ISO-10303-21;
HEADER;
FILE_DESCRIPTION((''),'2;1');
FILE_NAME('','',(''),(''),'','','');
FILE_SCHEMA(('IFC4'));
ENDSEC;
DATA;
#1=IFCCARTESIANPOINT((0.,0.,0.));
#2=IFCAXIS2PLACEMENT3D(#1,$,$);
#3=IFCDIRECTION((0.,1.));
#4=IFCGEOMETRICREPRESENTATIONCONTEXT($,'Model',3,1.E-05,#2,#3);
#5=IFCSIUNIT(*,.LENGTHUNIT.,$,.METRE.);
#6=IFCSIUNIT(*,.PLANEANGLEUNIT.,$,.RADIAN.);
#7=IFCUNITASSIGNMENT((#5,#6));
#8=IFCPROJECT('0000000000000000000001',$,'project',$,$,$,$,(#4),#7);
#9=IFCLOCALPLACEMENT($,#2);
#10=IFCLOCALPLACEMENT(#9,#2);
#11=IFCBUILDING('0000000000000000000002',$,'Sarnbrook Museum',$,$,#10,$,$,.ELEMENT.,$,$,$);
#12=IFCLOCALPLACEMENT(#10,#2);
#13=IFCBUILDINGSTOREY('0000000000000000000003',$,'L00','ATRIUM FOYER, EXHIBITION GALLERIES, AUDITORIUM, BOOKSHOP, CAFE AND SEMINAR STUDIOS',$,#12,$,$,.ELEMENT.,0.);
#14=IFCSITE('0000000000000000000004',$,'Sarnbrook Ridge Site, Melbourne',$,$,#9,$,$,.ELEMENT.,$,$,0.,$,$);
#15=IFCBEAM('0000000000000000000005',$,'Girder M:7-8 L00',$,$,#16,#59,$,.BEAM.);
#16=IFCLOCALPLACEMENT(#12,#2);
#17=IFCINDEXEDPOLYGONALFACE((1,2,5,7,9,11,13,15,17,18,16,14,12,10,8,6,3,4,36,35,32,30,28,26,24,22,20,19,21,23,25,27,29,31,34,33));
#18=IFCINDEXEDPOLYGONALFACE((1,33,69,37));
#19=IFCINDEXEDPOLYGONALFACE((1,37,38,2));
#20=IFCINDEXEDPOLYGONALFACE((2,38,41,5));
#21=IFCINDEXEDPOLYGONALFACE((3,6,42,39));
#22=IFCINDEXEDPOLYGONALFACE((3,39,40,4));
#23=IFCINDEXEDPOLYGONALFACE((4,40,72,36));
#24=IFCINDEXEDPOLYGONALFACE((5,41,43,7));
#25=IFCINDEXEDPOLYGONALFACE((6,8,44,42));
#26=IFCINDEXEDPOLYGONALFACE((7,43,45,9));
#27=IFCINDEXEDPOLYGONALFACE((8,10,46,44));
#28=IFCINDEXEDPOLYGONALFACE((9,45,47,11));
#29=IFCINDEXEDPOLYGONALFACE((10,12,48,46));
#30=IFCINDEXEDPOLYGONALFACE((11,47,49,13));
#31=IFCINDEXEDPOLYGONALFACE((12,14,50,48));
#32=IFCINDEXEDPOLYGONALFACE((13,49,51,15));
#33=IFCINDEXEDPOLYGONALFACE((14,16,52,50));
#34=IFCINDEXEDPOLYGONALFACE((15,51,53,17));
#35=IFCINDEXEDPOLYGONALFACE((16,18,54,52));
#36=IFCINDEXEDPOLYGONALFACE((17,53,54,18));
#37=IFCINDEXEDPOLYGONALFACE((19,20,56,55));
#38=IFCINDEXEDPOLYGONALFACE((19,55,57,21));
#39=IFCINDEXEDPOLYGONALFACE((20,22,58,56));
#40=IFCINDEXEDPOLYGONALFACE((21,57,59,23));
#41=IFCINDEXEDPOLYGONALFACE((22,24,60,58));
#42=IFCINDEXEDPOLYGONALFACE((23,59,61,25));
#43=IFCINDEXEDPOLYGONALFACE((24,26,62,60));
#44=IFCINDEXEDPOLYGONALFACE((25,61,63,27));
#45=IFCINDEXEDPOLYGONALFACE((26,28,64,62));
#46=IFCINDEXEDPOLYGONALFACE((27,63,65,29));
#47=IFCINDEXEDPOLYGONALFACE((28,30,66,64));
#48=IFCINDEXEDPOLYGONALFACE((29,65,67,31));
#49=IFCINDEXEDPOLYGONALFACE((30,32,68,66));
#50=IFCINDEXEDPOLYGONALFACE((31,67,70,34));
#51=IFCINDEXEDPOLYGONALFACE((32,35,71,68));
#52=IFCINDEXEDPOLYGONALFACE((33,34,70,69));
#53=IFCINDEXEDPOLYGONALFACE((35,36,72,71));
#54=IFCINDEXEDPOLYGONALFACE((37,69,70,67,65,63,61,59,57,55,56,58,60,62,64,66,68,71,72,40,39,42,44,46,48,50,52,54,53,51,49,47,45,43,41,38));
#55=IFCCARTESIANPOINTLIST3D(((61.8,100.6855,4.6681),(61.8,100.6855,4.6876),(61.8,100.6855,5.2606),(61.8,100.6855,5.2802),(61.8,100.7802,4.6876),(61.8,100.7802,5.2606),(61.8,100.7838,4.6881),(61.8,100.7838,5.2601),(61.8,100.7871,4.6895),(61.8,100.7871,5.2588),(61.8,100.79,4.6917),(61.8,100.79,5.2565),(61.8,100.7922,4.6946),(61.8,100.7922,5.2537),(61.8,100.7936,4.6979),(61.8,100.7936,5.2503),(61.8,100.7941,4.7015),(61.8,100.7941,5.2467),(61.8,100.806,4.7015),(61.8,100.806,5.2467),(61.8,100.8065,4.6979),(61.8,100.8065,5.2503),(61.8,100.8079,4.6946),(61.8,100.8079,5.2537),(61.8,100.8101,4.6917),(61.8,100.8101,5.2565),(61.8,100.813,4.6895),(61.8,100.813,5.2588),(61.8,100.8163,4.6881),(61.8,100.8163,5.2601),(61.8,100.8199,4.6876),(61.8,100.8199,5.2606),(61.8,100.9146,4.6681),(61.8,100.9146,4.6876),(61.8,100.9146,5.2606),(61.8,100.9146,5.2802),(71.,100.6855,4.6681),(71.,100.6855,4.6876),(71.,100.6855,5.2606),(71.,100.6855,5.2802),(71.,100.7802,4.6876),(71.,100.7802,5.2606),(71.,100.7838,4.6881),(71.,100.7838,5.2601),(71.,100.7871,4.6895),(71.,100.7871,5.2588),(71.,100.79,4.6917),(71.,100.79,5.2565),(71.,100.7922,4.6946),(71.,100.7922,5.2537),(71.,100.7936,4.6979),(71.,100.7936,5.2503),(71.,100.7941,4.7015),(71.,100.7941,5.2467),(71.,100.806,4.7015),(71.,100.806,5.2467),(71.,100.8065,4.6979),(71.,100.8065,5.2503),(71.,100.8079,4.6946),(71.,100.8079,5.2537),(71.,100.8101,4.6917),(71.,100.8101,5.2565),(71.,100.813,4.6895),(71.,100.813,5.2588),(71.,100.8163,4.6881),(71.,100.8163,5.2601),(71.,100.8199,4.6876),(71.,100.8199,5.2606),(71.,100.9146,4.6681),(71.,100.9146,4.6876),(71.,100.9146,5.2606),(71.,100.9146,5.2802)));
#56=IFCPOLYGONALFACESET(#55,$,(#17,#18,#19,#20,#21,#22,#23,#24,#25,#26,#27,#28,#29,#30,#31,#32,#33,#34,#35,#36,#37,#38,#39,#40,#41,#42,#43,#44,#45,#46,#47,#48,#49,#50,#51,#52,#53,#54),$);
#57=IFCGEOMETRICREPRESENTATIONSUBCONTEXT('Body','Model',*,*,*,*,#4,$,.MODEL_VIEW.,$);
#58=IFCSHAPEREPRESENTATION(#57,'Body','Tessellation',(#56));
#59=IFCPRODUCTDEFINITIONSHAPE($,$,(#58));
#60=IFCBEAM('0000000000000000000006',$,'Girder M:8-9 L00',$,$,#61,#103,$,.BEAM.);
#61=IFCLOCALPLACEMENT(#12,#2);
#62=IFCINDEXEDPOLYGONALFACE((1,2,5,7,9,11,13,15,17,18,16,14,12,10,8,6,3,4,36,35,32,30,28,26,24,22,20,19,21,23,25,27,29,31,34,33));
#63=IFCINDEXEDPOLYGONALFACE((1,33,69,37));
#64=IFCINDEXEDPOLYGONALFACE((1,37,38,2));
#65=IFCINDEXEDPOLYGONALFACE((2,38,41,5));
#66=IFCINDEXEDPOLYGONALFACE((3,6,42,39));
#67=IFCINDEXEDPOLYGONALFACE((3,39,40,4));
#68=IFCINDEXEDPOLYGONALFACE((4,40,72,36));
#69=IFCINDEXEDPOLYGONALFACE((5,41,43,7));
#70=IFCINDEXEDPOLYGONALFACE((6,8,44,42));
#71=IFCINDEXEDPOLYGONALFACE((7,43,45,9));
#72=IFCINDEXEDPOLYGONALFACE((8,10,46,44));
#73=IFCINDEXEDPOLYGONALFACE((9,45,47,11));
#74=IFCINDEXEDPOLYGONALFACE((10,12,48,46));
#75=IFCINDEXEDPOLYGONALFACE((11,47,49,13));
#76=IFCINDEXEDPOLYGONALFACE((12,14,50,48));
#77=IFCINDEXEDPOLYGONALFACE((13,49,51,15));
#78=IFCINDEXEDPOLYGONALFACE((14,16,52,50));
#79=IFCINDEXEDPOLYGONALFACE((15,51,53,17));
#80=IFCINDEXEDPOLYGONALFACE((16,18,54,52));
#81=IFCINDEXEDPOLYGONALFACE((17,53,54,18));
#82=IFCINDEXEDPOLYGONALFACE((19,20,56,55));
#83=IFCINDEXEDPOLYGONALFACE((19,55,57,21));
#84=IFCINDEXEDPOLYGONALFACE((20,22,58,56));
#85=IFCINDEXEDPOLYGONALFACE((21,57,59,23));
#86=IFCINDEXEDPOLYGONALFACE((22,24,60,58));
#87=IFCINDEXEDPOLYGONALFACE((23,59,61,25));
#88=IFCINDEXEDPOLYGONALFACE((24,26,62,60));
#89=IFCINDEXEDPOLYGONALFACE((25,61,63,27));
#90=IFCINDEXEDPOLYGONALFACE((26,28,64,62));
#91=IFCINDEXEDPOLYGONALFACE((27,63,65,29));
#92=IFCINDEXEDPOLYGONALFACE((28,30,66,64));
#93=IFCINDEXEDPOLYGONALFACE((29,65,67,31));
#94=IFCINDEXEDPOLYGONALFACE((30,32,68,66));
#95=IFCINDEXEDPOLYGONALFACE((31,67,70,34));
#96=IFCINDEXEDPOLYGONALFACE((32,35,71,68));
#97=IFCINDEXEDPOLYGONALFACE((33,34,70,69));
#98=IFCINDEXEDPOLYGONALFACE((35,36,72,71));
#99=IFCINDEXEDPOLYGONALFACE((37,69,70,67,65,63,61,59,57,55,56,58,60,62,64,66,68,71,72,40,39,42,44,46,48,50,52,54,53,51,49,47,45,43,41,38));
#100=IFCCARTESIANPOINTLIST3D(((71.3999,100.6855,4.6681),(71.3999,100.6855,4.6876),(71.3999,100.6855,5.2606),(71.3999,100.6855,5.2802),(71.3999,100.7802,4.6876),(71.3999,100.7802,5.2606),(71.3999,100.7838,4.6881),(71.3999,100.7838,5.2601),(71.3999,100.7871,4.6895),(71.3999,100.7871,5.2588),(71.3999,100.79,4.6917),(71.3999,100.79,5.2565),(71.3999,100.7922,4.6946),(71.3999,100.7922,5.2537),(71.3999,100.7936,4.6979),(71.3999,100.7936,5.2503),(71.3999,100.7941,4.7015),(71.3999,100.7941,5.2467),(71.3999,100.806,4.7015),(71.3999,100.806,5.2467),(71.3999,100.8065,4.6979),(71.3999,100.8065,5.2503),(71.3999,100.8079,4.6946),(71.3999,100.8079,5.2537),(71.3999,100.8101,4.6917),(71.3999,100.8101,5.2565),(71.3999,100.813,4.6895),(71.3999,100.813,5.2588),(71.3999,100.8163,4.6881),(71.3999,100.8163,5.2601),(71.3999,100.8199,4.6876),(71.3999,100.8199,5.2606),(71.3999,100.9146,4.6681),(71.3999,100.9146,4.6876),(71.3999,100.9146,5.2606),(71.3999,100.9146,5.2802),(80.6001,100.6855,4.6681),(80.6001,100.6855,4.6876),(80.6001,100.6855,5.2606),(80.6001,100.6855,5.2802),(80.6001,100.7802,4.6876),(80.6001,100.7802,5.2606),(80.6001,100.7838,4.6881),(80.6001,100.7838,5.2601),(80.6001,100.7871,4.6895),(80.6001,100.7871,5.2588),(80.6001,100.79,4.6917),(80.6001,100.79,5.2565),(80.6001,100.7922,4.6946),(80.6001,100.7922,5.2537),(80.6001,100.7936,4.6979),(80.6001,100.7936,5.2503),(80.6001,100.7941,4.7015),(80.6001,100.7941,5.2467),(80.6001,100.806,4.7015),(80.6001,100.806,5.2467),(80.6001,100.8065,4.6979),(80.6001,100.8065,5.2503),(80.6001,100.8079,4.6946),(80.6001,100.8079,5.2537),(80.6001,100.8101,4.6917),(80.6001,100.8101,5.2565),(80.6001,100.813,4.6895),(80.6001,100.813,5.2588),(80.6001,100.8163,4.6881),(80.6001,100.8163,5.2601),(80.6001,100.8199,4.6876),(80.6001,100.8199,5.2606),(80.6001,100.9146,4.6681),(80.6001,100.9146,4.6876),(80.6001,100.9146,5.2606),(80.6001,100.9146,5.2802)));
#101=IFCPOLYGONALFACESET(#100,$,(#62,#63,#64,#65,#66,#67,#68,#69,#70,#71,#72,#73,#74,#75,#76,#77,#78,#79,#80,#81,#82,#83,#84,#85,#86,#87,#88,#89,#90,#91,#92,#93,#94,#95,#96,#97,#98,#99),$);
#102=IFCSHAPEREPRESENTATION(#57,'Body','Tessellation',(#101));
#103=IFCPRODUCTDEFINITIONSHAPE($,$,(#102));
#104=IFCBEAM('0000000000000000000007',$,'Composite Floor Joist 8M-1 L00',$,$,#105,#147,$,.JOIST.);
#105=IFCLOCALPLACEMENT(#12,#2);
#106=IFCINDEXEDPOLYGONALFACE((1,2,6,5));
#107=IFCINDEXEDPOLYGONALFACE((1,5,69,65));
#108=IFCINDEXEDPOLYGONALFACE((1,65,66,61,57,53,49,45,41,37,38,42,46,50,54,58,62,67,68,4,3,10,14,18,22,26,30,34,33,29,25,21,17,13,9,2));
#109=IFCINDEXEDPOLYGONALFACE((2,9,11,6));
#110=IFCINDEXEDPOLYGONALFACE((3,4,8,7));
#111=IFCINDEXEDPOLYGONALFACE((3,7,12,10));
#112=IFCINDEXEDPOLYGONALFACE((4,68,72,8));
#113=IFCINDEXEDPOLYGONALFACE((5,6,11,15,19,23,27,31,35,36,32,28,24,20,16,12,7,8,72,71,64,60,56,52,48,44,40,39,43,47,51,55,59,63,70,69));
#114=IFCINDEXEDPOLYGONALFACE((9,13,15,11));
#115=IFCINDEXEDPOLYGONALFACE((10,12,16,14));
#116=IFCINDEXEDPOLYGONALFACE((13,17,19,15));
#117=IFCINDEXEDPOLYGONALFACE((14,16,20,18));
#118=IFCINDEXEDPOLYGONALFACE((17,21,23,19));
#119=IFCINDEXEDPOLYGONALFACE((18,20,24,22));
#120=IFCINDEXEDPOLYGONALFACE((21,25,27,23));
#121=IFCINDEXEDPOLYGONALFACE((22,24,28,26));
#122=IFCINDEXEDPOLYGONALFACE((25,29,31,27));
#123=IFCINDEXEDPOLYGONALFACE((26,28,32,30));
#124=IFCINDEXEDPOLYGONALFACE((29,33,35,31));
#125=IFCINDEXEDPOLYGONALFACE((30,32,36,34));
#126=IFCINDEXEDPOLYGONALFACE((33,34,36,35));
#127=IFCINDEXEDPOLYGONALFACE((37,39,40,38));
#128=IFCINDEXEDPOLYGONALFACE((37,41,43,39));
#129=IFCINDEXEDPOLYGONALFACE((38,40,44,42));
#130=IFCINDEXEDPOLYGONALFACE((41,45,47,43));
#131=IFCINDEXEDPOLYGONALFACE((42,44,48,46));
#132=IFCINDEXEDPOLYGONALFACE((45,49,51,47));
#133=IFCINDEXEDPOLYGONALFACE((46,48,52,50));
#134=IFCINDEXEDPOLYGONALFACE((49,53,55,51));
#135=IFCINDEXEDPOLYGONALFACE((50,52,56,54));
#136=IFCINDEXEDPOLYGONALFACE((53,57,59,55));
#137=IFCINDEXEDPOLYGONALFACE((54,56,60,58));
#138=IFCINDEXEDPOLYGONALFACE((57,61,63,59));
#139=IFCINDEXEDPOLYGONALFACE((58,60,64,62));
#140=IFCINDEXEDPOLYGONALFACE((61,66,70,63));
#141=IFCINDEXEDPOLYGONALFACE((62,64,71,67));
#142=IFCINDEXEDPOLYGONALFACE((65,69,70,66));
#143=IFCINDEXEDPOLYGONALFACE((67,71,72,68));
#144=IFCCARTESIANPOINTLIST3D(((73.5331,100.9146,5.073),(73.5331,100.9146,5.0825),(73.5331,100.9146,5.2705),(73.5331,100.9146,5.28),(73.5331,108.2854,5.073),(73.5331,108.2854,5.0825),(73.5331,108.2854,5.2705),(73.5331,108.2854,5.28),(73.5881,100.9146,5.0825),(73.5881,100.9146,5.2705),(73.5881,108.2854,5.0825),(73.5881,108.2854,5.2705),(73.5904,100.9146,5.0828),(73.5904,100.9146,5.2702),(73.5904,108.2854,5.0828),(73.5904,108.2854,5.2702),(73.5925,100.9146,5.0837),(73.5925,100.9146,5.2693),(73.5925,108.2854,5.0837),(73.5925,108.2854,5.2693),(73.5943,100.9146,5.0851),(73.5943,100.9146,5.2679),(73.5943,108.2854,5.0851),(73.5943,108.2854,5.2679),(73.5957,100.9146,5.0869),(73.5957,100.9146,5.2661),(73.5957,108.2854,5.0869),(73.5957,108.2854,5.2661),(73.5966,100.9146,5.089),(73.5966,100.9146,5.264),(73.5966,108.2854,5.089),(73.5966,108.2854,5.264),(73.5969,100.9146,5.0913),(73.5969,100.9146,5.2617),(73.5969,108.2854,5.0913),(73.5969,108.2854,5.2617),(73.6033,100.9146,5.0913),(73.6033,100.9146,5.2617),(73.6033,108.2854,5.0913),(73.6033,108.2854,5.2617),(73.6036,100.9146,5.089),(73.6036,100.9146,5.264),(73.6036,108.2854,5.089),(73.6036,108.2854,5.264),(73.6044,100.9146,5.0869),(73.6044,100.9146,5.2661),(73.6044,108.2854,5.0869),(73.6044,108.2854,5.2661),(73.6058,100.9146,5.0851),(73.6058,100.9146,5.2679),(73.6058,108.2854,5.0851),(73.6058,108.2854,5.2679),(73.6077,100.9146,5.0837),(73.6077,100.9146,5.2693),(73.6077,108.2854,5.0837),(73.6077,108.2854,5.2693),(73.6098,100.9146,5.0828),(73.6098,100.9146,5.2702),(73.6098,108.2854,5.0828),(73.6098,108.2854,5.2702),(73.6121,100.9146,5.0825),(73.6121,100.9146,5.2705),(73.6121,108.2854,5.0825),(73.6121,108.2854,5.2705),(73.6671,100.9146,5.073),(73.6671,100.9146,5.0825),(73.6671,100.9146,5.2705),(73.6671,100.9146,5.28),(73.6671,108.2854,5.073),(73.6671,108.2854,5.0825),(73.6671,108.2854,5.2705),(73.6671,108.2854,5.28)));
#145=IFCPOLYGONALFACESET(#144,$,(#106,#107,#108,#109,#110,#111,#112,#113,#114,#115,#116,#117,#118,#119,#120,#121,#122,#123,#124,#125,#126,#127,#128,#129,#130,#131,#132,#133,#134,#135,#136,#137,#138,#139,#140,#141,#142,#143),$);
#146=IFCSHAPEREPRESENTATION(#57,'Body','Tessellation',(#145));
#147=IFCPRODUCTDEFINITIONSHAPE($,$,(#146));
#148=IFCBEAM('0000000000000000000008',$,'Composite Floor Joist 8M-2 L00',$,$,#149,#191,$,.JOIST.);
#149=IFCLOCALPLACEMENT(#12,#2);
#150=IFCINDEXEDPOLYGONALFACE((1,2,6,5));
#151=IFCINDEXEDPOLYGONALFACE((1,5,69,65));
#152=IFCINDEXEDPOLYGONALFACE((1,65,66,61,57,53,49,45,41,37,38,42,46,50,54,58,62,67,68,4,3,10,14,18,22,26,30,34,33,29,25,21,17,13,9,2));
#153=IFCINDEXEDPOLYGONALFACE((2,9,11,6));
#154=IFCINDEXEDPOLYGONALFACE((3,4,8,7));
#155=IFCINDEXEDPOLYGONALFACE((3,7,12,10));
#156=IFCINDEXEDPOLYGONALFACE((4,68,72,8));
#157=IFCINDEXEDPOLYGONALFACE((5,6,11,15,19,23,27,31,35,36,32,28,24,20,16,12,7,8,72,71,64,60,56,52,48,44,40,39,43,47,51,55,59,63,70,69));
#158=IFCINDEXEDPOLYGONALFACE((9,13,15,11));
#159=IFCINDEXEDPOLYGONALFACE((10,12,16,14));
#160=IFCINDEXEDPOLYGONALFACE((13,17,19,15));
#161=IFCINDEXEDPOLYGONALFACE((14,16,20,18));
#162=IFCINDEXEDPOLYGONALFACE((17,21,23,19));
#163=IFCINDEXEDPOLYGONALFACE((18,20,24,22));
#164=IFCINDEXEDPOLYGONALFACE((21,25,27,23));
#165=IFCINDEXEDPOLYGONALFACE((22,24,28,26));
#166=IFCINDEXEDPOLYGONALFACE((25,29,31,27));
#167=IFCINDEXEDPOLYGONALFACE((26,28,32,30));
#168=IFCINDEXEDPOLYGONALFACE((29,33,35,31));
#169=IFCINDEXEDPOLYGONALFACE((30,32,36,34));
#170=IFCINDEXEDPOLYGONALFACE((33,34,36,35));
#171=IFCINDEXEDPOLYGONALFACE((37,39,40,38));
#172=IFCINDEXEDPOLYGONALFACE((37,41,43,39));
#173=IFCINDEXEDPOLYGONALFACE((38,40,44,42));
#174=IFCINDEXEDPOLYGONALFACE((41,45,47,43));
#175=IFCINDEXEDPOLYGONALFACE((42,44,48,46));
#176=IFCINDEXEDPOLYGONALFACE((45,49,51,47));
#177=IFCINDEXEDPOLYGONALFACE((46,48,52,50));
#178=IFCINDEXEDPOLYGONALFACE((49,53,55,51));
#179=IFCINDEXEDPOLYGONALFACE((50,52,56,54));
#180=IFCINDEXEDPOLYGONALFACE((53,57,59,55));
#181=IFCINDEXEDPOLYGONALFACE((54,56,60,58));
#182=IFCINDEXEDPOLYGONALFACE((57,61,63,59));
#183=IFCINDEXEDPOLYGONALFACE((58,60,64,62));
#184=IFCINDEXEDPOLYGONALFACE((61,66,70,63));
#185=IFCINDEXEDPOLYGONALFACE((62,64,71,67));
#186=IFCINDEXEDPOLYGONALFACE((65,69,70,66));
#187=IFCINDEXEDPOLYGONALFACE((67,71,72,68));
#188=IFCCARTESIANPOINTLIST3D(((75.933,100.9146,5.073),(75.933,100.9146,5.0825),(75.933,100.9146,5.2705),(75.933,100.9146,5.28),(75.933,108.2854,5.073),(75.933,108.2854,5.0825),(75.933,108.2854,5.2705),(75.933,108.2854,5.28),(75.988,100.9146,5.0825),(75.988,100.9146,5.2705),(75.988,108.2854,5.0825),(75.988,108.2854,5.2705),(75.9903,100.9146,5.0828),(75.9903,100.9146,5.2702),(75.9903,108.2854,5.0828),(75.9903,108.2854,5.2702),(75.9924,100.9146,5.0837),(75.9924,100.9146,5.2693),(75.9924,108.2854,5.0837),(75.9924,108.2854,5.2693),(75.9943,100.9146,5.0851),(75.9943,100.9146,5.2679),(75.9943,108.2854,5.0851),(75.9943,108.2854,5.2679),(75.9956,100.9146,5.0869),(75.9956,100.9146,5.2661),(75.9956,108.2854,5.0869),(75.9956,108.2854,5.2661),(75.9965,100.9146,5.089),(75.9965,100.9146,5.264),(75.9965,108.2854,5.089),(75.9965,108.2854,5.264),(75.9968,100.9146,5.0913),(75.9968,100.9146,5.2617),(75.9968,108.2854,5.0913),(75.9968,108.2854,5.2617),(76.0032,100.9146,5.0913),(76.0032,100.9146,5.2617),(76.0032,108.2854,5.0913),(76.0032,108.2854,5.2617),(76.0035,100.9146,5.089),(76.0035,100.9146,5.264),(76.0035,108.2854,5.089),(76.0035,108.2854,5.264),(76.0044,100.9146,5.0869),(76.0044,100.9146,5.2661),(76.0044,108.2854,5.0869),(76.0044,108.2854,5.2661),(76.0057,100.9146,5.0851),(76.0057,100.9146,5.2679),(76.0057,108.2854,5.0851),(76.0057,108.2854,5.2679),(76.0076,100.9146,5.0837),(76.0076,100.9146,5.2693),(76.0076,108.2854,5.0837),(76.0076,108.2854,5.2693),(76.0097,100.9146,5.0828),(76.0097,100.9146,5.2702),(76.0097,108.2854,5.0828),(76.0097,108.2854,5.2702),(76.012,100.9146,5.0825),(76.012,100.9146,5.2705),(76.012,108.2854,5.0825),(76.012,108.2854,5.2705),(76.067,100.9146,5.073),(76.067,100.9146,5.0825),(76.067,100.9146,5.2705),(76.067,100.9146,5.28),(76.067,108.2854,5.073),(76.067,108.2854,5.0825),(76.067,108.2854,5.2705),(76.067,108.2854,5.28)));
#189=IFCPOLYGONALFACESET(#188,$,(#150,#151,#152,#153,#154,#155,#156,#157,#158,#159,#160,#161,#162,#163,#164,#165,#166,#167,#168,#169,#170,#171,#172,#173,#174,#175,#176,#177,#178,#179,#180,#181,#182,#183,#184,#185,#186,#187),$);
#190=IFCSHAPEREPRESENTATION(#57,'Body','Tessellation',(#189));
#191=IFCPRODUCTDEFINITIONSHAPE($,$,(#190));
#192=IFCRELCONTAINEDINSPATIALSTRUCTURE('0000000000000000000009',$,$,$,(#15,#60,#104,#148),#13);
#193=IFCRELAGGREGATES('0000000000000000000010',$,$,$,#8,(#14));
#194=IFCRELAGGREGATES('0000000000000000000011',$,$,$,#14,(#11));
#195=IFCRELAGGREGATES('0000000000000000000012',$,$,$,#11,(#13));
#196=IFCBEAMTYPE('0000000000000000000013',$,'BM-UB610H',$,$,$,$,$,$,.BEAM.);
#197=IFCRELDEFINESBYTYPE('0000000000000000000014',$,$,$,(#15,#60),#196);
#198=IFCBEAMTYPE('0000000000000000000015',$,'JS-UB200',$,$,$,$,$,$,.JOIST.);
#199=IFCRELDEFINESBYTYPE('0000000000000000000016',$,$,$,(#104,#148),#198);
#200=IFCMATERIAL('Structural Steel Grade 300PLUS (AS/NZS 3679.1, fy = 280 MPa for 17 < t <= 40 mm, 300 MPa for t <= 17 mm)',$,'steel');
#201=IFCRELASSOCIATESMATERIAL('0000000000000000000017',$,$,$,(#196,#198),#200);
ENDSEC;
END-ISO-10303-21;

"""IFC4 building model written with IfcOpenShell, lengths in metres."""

from ifc_helpers import new_model, si_unit, direction, frame, origin, origin_2d, place, context, subcontext, project, spatial, i_section, extrude, material, material_profile, profile_set, type_object, element, save


model = new_model("IFC4")

# Units and contexts
model_context = context("Model", 3, precision=1e-05, world=origin(), true_north=direction((0.0, 1.0)))
body_context = subcontext(model_context, "Body", "Model", "MODEL_VIEW")
ifc_project = project(units=[si_unit("LENGTHUNIT", "METRE"), si_unit("PLANEANGLEUNIT", "RADIAN")], contexts=[model_context])

# Site, building, storey
site_placement = place(None, origin())
site = spatial("IfcSite", under=ifc_project, at=site_placement, Name="Sarnbrook Ridge Site, Melbourne", CompositionType="ELEMENT", RefElevation=0.0)
building_placement = place(site_placement, origin())
building = spatial("IfcBuilding", under=site, at=building_placement, Name="Sarnbrook Museum", CompositionType="ELEMENT")
storey_placement = place(building_placement, origin())
storey = spatial("IfcBuildingStorey", under=building, at=storey_placement, Name="L00", Description="ATRIUM FOYER, EXHIBITION GALLERIES, AUDITORIUM, BOOKSHOP, CAFE AND SEMINAR STUDIOS", CompositionType="ELEMENT", Elevation=0.0)

# Beams
ifc_material_1 = material(Name="Structural Steel Grade 300PLUS (AS/NZS 3679.1, fy = 280 MPa for 17 < t <= 40 mm, 300 MPa for t <= 17 mm)", Category="steel")
ifc_material_profile_1 = material_profile(ifc_material_1, i_section(OverallWidth=0.229, OverallDepth=0.6121, WebThickness=0.012, FlangeThickness=0.0195, FilletRadius=0.0139, at=origin_2d()), Name="610UB125")
ifc_profile_set_1 = profile_set([ifc_material_profile_1], Name="Structural Steel Grade 300PLUS (AS/NZS 3679.1, fy = 280 MPa for 17 < t <= 40 mm, 300 MPa for t <= 17 mm)")
beam_type_1 = type_object("IfcBeamType", Name="BM-UB610H", PredefinedType="BEAM", material=ifc_profile_set_1)
beam_1_placement = place(storey_placement, frame((61.8, 100.8, 4.9741), z_axis=(1.0, 0.0, 0.0), x_axis=(0.0, 1.0, 0.0)))
element("IfcBeam", 1, at=beam_1_placement, inside=storey, type_object=beam_type_1, Name="Girder M:7-8 L00", PredefinedType="BEAM", context=body_context, shape_type="SweptSolid", body=[
    extrude(i_section(OverallWidth=0.229, OverallDepth=0.6121, WebThickness=0.012, FlangeThickness=0.0195, FilletRadius=0.0139, at=origin_2d()), origin(), (0.0, 0.0, 1.0), 9.2),
])
beam_2_placement = place(storey_placement, frame((71.3999, 100.8, 4.9741), z_axis=(1.0, 0.0, 0.0), x_axis=(0.0, 1.0, 0.0)))
element("IfcBeam", 2, at=beam_2_placement, inside=storey, type_object=beam_type_1, Name="Girder M:8-9 L00", PredefinedType="BEAM", context=body_context, shape_type="SweptSolid", body=[
    extrude(i_section(OverallWidth=0.229, OverallDepth=0.6121, WebThickness=0.012, FlangeThickness=0.0195, FilletRadius=0.0139, at=origin_2d()), origin(), (0.0, 0.0, 1.0), 9.2002),
])
ifc_material_profile_2 = material_profile(ifc_material_1, i_section(OverallWidth=0.134, OverallDepth=0.207, WebThickness=0.0063, FlangeThickness=0.0095, FilletRadius=0.0088, at=origin_2d()), Name="200UB29.8")
ifc_profile_set_2 = profile_set([ifc_material_profile_2], Name="Structural Steel Grade 300PLUS (AS/NZS 3679.1, fy = 280 MPa for 17 < t <= 40 mm, 300 MPa for t <= 17 mm)")
beam_type_2 = type_object("IfcBeamType", Name="JS-UB200", PredefinedType="JOIST", material=ifc_profile_set_2)
for number, where, z_axis, x_axis, name in (
    (3, (73.6001, 100.9146, 5.1765), (0.0, 1.0, 0.0), (-1.0, 0.0, 0.0), "Composite Floor Joist 8M-1 L00"),
    (4, (76.0, 100.9146, 5.1765), (0.0, 1.0, 0.0), (-1.0, 0.0, 0.0), "Composite Floor Joist 8M-2 L00"),
):
    element("IfcBeam", number, at=place(storey_placement, frame(where, z_axis=z_axis, x_axis=x_axis)), inside=storey, type_object=beam_type_2, Name=name, PredefinedType="JOIST", context=body_context, shape_type="SweptSolid", body=[
        extrude(i_section(OverallWidth=0.134, OverallDepth=0.207, WebThickness=0.0063, FlangeThickness=0.0095, FilletRadius=0.0088, at=origin_2d()), origin(), (0.0, 0.0, 1.0), 7.3708),
    ])

save(model, "model.ifc")
